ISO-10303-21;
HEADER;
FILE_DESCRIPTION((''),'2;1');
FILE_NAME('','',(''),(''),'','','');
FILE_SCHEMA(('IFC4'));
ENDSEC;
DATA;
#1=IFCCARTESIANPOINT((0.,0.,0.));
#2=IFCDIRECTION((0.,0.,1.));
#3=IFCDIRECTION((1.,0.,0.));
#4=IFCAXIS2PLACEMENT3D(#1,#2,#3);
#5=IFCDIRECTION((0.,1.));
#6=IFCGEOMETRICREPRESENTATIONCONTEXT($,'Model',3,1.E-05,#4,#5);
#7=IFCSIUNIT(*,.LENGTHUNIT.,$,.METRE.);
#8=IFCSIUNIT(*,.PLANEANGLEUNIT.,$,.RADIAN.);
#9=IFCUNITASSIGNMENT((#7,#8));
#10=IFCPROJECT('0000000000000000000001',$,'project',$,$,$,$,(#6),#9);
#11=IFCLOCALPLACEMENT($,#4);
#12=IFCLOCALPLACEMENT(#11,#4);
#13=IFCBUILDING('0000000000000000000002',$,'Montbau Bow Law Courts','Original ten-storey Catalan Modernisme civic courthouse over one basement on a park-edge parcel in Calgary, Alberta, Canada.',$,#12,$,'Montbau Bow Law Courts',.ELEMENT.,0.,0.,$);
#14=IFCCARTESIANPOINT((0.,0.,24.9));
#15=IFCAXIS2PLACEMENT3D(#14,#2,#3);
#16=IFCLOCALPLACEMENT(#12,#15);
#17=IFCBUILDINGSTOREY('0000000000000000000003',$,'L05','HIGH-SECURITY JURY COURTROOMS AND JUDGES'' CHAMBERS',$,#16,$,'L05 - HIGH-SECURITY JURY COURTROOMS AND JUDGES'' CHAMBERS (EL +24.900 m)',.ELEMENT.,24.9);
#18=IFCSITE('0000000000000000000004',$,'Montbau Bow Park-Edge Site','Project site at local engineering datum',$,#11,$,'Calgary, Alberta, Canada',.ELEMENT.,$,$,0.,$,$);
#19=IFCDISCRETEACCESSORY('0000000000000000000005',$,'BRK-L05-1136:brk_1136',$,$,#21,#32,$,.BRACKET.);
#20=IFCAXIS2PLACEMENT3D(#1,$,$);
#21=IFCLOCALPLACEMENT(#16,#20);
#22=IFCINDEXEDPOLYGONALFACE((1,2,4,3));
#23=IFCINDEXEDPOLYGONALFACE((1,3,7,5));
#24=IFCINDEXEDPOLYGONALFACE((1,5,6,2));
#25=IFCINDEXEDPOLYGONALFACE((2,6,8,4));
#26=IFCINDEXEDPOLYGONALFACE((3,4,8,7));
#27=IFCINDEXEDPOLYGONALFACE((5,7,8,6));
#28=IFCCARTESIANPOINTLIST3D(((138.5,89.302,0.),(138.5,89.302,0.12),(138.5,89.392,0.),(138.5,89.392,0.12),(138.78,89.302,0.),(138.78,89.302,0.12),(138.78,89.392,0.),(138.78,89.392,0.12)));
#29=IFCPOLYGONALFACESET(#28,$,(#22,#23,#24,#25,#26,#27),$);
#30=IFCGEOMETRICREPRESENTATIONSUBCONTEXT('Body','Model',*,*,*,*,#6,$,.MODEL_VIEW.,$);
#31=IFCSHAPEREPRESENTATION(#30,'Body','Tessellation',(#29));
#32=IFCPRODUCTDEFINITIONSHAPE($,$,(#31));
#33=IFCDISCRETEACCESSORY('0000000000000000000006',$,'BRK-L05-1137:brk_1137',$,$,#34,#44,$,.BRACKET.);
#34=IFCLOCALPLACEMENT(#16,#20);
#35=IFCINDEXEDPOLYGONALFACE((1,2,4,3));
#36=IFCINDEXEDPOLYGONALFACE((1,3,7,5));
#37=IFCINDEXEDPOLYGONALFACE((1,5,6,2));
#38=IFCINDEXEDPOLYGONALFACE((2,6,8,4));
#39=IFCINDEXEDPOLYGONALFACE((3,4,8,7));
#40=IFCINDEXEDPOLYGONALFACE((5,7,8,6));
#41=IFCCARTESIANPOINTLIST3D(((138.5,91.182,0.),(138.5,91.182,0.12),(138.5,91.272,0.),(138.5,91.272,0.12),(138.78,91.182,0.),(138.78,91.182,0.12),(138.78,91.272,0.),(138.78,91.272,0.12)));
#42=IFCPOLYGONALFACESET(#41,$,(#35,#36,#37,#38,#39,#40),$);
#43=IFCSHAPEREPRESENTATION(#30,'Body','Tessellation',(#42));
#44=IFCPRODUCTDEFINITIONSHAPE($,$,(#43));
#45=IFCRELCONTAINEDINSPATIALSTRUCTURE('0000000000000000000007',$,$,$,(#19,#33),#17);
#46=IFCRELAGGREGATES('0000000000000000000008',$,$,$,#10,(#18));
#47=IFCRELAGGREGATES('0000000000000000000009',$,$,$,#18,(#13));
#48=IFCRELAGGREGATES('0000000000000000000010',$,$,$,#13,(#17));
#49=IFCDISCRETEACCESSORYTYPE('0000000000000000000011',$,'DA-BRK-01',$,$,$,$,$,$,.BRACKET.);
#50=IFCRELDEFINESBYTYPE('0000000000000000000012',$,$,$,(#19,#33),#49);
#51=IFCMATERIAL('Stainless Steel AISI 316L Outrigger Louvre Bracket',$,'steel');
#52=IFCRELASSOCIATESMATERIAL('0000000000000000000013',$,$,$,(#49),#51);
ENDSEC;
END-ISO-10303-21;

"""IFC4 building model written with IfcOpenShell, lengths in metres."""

from ifc_helpers import new_model, si_unit, direction, frame, origin_with_axes, origin_2d_with_axis, place, context, subcontext, project, spatial, rectangle, extrude, material, type_object, element, save


model = new_model("IFC4")

# Units and contexts
model_context = context("Model", 3, precision=1e-05, world=origin_with_axes(), true_north=direction((0.0, 1.0)))
body_context = subcontext(model_context, "Body", "Model", "MODEL_VIEW")
ifc_project = project(units=[si_unit("LENGTHUNIT", "METRE"), si_unit("PLANEANGLEUNIT", "RADIAN")], contexts=[model_context])

# Site, building, storey
site_placement = place(None, origin_with_axes())
site = spatial("IfcSite", under=ifc_project, at=site_placement, Name="Montbau Bow Park-Edge Site", Description="Project site at local engineering datum", LongName="Calgary, Alberta, Canada", CompositionType="ELEMENT", RefElevation=0.0)
building_placement = place(site_placement, origin_with_axes())
building = spatial("IfcBuilding", under=site, at=building_placement, Name="Montbau Bow Law Courts", Description="Original ten-storey Catalan Modernisme civic courthouse over one basement on a park-edge parcel in Calgary, Alberta, Canada.", LongName="Montbau Bow Law Courts", CompositionType="ELEMENT", ElevationOfRefHeight=0.0, ElevationOfTerrain=0.0)
storey_placement = place(building_placement, frame((0.0, 0.0, 24.9), z_axis=(0.0, 0.0, 1.0), x_axis=(1.0, 0.0, 0.0)))
storey = spatial("IfcBuildingStorey", under=building, at=storey_placement, Name="L05", Description="HIGH-SECURITY JURY COURTROOMS AND JUDGES' CHAMBERS", LongName="L05 - HIGH-SECURITY JURY COURTROOMS AND JUDGES' CHAMBERS (EL +24.900 m)", CompositionType="ELEMENT", Elevation=24.9)

# Discrete accessories
ifc_material_1 = material(Name="Stainless Steel AISI 316L Outrigger Louvre Bracket", Category="steel")
discrete_accessory_type = type_object("IfcDiscreteAccessoryType", Name="DA-BRK-01", PredefinedType="BRACKET", material=ifc_material_1)
for number, where, z_axis, x_axis, name in (
    (1, (138.64, 89.347, 24.9), (0.0, 0.0, 1.0), (-1.0, 0.0, 0.0), "BRK-L05-1136:brk_1136"),
    (2, (138.64, 91.227, 24.9), (0.0, 0.0, 1.0), (-1.0, 0.0, 0.0), "BRK-L05-1137:brk_1137"),
):
    element("IfcDiscreteAccessory", number, at=place(None, frame(where, z_axis=z_axis, x_axis=x_axis)), inside=storey, type_object=discrete_accessory_type, Name=name, PredefinedType="BRACKET", context=body_context, shape_type="SweptSolid", body=[
        extrude(rectangle(XDim=0.28, YDim=0.09, at=origin_2d_with_axis()), origin_with_axes(), (0.0, 0.0, 1.0), 0.12),
    ])

save(model, "model.ifc")
